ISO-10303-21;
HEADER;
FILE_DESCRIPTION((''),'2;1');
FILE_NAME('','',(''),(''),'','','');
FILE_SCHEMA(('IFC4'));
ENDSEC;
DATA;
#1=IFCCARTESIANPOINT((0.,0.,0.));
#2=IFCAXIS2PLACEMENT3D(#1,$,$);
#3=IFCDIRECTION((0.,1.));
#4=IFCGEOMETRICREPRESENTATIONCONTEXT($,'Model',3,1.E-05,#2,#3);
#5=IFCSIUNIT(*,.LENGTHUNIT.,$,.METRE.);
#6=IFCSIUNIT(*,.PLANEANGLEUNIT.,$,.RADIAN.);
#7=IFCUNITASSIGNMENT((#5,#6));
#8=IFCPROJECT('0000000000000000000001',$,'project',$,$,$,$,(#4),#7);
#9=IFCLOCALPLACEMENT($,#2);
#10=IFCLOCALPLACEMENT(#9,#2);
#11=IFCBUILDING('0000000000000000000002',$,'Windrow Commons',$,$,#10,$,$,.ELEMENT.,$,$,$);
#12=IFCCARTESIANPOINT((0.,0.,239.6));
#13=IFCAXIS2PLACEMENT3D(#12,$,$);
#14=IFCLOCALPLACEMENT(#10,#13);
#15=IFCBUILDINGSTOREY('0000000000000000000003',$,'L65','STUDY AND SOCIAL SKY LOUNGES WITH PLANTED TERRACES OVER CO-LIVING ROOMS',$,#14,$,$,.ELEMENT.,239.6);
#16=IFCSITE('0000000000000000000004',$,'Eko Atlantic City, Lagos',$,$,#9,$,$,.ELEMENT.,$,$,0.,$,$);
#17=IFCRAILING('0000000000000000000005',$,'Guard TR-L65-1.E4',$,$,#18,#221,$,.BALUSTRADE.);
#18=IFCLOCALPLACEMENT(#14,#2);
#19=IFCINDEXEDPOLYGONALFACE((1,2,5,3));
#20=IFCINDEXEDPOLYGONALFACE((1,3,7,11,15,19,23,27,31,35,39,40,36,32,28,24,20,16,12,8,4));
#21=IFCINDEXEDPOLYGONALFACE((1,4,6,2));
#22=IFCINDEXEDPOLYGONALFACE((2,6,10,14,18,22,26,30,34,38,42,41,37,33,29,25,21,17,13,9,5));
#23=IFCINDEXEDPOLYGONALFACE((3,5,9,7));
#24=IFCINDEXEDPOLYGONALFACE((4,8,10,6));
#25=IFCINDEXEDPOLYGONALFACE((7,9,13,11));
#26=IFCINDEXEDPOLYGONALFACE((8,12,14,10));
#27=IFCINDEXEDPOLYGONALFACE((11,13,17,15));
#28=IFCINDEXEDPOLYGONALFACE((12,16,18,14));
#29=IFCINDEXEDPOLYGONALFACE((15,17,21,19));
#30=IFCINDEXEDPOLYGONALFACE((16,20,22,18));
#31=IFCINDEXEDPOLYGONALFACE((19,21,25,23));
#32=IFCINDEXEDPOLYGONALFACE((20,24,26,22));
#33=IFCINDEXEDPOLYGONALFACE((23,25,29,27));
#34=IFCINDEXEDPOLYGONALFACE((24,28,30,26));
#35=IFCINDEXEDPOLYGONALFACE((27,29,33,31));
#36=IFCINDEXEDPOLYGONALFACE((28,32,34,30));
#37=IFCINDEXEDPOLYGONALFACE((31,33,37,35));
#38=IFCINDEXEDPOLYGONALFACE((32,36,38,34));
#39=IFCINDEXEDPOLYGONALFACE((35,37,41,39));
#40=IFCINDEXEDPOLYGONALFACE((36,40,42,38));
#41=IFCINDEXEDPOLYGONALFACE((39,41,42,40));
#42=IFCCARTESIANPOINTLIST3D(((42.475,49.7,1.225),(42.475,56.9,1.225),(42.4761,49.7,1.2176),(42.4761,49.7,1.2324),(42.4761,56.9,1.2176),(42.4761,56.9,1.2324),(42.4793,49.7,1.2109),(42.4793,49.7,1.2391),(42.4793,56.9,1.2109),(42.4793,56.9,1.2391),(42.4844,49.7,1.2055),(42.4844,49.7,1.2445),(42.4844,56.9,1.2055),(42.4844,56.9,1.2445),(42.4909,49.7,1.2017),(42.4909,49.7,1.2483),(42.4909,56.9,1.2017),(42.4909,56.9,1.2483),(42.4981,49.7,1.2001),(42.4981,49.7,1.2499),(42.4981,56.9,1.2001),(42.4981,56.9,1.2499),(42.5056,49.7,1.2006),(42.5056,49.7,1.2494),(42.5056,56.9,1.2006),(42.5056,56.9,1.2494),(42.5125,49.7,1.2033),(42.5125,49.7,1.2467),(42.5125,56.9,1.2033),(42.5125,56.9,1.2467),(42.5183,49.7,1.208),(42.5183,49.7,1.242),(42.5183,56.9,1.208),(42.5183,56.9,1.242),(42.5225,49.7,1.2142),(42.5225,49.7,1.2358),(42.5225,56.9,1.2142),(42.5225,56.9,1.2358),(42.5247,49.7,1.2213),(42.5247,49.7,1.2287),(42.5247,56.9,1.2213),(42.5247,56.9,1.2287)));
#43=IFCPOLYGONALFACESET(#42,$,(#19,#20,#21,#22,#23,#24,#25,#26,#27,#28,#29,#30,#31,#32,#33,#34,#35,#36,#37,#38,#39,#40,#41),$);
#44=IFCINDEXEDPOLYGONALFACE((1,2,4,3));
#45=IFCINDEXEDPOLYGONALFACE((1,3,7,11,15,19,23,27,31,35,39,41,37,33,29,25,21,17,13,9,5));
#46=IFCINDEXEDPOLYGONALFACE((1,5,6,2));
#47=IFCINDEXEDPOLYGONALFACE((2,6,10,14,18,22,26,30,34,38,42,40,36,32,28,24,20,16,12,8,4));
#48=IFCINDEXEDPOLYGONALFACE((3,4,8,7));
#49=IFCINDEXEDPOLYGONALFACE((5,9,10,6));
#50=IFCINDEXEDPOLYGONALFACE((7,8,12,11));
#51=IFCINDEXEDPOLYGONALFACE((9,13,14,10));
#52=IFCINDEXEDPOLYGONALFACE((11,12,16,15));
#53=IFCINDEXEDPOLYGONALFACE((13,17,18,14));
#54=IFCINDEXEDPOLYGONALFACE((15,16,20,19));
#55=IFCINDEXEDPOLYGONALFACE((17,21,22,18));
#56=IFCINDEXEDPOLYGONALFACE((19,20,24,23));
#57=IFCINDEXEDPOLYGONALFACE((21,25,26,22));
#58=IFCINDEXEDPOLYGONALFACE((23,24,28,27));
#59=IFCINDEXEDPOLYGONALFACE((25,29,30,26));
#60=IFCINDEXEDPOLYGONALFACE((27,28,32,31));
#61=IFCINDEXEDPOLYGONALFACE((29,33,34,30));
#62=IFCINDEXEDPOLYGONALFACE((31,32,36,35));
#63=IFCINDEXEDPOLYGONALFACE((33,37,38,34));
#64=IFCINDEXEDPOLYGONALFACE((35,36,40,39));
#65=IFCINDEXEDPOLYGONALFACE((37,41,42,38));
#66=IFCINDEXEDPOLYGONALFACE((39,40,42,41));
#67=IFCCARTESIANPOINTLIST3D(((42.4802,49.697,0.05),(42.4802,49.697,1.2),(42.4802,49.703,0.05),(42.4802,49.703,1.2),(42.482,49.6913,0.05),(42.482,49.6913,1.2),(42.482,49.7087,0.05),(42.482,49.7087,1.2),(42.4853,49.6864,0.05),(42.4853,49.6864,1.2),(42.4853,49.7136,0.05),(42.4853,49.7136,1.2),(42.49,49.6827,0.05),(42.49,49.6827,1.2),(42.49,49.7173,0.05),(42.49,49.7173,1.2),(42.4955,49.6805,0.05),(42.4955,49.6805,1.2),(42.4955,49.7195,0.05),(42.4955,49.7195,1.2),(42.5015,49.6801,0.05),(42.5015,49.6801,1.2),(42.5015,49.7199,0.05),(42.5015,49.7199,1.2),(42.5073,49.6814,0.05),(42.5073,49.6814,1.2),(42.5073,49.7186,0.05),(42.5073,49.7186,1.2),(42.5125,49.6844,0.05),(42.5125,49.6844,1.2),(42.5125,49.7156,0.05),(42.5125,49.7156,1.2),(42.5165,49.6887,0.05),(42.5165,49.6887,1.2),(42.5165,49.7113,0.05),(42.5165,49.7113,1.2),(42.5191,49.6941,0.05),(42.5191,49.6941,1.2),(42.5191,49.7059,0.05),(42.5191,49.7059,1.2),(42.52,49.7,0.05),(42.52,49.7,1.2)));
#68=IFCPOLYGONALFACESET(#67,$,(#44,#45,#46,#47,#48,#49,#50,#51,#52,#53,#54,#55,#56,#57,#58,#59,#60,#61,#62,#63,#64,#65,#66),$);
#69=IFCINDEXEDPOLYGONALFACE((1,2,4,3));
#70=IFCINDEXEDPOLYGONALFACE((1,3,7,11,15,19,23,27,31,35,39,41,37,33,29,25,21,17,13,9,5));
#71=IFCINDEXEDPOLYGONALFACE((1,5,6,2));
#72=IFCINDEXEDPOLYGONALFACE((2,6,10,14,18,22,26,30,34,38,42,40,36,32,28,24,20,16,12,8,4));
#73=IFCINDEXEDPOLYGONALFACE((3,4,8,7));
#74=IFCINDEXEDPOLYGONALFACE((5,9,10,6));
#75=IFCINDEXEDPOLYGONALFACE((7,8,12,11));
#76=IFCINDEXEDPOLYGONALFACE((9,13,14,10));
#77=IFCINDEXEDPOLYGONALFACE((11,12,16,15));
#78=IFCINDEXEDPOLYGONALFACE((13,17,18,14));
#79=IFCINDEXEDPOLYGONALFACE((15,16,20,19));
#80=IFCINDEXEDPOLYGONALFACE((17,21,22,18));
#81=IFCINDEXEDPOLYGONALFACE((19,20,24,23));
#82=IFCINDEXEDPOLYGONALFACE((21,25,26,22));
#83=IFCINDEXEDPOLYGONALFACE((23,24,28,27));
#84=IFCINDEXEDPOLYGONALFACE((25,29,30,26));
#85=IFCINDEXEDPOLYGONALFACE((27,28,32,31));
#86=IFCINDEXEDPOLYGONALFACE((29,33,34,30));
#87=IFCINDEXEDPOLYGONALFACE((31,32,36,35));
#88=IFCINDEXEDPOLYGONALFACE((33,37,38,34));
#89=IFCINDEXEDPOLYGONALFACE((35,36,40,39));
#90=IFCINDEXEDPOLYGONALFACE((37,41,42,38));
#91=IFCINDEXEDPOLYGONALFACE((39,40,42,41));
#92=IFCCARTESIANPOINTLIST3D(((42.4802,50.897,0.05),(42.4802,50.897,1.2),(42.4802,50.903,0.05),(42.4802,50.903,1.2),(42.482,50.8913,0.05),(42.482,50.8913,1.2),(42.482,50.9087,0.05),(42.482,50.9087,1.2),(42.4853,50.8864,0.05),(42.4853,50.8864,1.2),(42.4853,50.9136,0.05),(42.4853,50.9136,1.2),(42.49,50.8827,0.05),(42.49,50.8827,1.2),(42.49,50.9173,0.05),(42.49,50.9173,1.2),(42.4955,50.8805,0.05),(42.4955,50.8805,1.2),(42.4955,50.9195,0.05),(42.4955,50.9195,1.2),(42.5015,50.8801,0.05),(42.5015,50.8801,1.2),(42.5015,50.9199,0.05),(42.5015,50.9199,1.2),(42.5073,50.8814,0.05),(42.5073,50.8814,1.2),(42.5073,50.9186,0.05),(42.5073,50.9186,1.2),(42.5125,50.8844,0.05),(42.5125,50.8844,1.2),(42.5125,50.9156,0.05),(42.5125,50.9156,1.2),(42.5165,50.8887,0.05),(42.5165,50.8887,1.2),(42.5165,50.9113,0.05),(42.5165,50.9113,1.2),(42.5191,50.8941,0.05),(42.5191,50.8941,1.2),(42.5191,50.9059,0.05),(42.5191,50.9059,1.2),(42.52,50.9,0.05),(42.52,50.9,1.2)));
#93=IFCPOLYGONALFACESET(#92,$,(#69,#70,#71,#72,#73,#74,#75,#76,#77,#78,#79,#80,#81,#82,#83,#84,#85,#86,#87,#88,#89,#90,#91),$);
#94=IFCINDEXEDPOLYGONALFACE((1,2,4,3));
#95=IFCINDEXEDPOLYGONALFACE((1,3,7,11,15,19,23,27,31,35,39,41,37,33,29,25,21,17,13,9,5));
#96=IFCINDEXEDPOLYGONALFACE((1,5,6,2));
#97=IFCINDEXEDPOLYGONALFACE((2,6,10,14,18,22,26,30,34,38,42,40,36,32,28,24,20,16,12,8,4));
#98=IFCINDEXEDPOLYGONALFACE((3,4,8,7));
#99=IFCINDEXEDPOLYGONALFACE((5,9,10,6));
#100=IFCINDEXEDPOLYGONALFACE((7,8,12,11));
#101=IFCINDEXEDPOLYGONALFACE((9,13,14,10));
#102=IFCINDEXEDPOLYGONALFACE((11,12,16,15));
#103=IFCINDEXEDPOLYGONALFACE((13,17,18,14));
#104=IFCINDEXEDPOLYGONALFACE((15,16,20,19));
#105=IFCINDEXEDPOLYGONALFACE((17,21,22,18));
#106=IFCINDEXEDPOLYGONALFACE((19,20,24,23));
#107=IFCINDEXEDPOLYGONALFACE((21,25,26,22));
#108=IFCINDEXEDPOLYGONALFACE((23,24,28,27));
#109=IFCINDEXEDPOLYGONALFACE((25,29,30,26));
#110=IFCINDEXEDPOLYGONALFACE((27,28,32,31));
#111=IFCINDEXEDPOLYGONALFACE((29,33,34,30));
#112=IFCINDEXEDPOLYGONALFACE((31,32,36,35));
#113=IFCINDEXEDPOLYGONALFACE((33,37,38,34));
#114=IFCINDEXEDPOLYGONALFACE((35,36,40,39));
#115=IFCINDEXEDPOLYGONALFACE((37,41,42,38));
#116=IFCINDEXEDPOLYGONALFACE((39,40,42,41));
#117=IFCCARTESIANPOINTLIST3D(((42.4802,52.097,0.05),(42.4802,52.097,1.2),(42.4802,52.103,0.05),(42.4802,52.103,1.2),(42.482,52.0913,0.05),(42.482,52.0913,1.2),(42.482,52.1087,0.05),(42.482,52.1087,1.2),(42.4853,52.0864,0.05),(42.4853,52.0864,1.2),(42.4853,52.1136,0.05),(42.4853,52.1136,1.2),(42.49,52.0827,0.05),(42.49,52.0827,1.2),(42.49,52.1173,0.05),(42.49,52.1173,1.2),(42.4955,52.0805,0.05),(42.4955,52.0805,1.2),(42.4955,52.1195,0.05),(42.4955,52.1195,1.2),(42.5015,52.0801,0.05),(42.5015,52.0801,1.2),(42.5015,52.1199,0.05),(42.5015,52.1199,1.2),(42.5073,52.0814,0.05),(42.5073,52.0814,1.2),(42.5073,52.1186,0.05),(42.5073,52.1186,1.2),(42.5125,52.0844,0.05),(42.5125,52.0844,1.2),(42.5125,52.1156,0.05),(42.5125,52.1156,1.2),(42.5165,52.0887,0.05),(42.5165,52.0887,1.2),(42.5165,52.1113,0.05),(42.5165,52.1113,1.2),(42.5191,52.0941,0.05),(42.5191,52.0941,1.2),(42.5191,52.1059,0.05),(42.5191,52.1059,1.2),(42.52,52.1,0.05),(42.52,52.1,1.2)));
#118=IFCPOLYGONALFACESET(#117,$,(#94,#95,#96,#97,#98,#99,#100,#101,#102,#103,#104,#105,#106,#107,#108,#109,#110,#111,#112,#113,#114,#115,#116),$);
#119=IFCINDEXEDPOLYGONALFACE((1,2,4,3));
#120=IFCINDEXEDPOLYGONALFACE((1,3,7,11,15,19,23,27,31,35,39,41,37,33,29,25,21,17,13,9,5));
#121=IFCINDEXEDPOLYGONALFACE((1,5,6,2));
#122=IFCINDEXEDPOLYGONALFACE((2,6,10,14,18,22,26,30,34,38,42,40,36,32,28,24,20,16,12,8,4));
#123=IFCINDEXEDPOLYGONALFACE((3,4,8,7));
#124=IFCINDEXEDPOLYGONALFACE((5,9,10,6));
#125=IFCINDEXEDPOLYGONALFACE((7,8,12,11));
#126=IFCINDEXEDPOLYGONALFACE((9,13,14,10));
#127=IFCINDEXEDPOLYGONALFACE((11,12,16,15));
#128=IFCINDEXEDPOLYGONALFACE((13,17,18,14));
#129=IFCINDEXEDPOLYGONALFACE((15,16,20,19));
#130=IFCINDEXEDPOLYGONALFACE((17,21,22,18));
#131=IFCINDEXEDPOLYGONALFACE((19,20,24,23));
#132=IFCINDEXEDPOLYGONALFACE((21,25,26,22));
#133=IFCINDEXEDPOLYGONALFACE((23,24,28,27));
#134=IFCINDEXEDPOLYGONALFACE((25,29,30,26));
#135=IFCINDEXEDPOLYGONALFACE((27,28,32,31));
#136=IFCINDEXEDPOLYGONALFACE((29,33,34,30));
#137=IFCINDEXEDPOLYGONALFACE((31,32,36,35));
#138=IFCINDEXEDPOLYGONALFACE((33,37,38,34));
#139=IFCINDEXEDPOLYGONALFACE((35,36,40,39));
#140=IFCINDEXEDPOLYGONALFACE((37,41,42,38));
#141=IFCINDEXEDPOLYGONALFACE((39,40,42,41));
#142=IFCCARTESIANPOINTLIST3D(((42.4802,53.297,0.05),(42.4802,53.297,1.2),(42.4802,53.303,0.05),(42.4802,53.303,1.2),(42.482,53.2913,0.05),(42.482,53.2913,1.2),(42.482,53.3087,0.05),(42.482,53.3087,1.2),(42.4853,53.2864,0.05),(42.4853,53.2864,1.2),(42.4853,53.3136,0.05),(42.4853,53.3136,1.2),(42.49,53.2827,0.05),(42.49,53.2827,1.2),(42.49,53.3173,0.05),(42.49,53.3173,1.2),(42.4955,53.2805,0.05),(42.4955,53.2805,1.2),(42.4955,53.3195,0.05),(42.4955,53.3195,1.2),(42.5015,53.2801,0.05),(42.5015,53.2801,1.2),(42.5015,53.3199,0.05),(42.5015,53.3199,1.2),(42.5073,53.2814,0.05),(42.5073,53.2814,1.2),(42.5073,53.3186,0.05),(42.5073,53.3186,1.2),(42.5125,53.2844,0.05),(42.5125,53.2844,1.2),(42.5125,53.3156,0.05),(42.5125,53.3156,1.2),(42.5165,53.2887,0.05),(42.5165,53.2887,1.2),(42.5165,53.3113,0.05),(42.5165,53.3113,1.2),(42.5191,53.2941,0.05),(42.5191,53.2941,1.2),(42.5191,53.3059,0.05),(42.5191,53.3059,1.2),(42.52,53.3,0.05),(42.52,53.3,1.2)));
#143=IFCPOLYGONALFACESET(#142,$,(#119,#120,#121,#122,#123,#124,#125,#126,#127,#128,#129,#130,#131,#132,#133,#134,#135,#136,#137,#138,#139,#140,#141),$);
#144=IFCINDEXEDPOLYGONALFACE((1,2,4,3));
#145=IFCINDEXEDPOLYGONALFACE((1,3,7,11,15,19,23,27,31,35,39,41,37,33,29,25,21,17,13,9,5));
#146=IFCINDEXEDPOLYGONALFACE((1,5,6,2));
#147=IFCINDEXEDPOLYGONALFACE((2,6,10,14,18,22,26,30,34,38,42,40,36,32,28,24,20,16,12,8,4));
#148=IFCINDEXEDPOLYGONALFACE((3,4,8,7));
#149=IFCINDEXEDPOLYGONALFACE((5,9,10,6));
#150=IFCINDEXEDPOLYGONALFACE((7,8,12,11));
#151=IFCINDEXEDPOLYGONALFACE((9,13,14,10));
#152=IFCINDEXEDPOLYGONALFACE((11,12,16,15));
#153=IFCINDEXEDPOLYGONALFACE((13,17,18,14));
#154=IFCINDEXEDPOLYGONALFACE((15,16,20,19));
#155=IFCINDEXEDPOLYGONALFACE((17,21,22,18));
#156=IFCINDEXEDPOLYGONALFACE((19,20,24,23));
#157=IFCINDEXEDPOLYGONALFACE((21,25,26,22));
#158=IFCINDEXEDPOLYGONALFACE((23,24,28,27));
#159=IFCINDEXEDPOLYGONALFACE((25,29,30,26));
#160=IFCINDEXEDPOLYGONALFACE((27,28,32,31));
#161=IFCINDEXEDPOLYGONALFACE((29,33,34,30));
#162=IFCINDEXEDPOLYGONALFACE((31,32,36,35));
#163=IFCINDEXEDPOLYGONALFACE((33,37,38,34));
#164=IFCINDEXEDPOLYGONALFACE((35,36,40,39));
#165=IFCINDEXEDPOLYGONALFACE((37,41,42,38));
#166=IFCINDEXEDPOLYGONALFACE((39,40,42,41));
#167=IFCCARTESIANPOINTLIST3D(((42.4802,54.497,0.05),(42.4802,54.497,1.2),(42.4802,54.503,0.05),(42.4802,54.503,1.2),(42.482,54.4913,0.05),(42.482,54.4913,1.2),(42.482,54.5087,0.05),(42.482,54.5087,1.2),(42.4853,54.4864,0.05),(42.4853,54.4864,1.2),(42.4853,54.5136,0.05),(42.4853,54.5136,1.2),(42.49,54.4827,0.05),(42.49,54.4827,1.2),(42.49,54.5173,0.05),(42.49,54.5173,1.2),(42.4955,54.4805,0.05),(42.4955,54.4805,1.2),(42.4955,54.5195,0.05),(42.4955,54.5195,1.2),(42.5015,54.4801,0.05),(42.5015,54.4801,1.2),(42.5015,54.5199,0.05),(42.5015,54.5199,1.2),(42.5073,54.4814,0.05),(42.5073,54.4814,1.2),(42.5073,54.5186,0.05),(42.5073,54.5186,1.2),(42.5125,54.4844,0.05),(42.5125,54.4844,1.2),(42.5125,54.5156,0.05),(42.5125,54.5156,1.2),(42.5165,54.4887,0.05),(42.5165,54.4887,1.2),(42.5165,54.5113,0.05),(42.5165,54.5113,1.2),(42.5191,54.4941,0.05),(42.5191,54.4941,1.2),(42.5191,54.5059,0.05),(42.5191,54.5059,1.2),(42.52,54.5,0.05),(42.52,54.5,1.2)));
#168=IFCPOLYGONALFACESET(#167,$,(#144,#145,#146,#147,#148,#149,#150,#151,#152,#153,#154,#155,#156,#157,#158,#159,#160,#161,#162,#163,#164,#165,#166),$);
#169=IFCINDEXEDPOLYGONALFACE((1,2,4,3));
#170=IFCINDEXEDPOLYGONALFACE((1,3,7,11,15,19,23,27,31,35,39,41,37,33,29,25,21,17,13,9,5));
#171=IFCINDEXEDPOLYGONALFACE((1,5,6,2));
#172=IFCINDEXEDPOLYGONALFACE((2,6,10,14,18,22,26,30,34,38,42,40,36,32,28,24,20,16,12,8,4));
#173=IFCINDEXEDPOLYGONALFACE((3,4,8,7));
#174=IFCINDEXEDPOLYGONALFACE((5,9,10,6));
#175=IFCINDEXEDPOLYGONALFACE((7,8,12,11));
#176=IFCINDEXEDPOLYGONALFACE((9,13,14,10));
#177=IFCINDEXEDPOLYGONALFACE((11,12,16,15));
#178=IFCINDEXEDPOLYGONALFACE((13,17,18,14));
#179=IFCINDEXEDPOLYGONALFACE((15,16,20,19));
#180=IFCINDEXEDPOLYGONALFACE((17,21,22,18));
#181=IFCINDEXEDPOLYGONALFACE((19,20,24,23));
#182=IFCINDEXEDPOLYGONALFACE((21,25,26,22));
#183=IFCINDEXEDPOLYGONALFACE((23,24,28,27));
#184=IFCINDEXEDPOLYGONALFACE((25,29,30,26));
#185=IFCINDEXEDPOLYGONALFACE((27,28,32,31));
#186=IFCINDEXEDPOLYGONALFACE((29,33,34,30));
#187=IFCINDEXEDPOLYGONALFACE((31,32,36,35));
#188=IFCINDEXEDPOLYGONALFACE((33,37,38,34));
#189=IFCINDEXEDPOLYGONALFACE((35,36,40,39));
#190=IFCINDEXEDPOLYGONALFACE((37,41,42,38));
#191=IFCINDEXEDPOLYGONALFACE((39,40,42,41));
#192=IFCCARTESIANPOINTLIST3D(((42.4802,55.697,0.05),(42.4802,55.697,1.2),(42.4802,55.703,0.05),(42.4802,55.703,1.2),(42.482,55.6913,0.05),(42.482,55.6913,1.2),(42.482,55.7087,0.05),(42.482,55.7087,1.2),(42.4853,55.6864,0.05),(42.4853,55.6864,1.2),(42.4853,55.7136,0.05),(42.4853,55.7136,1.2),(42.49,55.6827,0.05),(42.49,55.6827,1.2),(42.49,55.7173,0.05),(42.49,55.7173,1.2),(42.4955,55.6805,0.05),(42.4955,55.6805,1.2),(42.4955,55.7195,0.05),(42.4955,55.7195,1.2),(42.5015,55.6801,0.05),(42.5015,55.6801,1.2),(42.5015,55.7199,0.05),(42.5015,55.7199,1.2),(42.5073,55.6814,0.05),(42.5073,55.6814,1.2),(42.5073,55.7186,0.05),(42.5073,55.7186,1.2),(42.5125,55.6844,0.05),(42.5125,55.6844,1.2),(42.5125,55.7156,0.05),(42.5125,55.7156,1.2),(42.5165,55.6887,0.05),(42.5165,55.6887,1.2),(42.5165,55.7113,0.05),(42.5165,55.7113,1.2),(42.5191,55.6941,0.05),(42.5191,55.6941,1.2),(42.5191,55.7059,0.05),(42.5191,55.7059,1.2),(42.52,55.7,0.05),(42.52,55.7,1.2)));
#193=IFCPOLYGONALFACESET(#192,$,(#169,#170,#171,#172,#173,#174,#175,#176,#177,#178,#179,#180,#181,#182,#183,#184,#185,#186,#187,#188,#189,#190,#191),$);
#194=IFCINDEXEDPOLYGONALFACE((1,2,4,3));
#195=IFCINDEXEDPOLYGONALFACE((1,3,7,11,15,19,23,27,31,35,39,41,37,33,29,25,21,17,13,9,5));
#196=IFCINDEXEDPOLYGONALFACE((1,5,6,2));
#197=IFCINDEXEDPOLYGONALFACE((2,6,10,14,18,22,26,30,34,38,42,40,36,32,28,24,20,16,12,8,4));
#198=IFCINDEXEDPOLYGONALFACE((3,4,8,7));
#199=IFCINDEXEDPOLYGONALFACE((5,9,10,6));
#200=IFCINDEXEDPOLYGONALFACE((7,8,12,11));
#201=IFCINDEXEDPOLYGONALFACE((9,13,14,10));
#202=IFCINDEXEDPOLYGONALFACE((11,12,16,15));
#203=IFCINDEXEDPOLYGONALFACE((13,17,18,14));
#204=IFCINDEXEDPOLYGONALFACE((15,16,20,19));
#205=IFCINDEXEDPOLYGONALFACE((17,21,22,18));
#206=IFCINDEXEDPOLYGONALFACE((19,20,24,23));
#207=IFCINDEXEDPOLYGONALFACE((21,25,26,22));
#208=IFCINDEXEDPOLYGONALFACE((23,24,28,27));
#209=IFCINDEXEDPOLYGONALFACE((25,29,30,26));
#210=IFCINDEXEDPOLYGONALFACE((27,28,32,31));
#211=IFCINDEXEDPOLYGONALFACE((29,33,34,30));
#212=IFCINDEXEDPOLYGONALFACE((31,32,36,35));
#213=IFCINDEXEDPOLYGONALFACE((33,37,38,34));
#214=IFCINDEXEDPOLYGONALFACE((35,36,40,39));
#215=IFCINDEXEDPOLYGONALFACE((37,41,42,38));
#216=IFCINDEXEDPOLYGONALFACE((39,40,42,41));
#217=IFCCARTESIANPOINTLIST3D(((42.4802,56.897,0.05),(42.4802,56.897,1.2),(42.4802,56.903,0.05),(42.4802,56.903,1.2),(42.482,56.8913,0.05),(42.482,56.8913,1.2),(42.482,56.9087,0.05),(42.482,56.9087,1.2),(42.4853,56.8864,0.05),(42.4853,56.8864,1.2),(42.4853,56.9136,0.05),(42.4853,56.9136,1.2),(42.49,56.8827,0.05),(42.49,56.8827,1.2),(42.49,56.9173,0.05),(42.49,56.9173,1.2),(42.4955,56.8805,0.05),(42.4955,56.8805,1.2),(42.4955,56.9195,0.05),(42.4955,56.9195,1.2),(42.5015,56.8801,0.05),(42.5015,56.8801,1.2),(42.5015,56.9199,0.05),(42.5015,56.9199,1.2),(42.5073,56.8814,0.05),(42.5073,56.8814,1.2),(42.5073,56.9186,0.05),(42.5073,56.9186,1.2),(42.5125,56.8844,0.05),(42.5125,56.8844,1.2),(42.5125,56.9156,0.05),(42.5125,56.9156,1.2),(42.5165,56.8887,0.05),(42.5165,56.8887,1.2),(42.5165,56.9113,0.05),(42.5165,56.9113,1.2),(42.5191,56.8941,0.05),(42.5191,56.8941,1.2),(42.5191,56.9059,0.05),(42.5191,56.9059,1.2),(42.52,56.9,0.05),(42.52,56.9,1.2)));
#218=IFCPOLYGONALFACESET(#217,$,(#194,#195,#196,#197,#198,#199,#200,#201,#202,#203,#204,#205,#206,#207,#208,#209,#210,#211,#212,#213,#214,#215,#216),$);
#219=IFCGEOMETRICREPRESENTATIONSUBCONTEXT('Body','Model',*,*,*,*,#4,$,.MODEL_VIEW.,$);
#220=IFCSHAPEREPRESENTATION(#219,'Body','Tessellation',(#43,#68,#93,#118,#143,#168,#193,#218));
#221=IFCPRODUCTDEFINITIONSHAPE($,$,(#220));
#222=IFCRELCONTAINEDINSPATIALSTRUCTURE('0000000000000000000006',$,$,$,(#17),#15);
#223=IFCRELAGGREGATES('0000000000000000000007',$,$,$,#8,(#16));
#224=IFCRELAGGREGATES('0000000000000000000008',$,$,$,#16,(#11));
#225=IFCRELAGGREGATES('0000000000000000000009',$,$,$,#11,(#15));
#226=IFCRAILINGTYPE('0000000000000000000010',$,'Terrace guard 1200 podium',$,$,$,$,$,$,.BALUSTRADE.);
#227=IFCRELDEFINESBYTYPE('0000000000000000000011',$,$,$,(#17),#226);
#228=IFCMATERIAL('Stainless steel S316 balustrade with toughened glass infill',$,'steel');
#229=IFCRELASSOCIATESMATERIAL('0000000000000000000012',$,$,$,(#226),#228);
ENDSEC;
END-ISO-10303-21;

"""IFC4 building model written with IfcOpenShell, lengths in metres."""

from ifc_helpers import new_model, si_unit, direction, frame, origin, origin_2d, place, context, subcontext, project, spatial, circle, extrude, material, type_object, element, save


model = new_model("IFC4")

# Units and contexts
model_context = context("Model", 3, precision=1e-05, world=origin(), true_north=direction((0.0, 1.0)))
body_context = subcontext(model_context, "Body", "Model", "MODEL_VIEW")
ifc_project = project(units=[si_unit("LENGTHUNIT", "METRE"), si_unit("PLANEANGLEUNIT", "RADIAN")], contexts=[model_context])

# Site, building, storey
site_placement = place(None, origin())
site = spatial("IfcSite", under=ifc_project, at=site_placement, Name="Eko Atlantic City, Lagos", CompositionType="ELEMENT", RefElevation=0.0)
building_placement = place(site_placement, origin())
building = spatial("IfcBuilding", under=site, at=building_placement, Name="Windrow Commons", CompositionType="ELEMENT")
storey_placement = place(building_placement, frame((0.0, 0.0, 239.6)))
storey = spatial("IfcBuildingStorey", under=building, at=storey_placement, Name="L65", Description="STUDY AND SOCIAL SKY LOUNGES WITH PLANTED TERRACES OVER CO-LIVING ROOMS", CompositionType="ELEMENT", Elevation=239.6)

# Railing
ifc_material_1 = material(Name="Stainless steel S316 balustrade with toughened glass infill", Category="steel")
railing_type = type_object("IfcRailingType", Name="Terrace guard 1200 podium", PredefinedType="BALUSTRADE", material=ifc_material_1)
railing_1_placement = place(storey_placement, frame((42.5, 49.7, 0.05)))
element("IfcRailing", 1, at=railing_1_placement, inside=storey, type_object=railing_type, Name="Guard TR-L65-1.E4", PredefinedType="BALUSTRADE", context=body_context, shape_type="SweptSolid", body=[
    extrude(circle(Radius=0.025, at=origin_2d()), frame((0.0, 0.0, 1.175), z_axis=(0.0, 1.0, 0.0), x_axis=(-1.0, 0.0, 0.0)), (0.0, 0.0, 1.0), 7.2),
    extrude(circle(Radius=0.02, at=origin_2d()), origin(), (0.0, 0.0, 1.0), 1.15),
    extrude(circle(Radius=0.02, at=origin_2d()), frame((0.0, 1.2, 0.0)), (0.0, 0.0, 1.0), 1.15),
    extrude(circle(Radius=0.02, at=origin_2d()), frame((0.0, 2.4, 0.0)), (0.0, 0.0, 1.0), 1.15),
    extrude(circle(Radius=0.02, at=origin_2d()), frame((0.0, 3.6, 0.0)), (0.0, 0.0, 1.0), 1.15),
    extrude(circle(Radius=0.02, at=origin_2d()), frame((0.0, 4.8, 0.0)), (0.0, 0.0, 1.0), 1.15),
    extrude(circle(Radius=0.02, at=origin_2d()), frame((0.0, 6.0, 0.0)), (0.0, 0.0, 1.0), 1.15),
    extrude(circle(Radius=0.02, at=origin_2d()), frame((0.0, 7.2, 0.0)), (0.0, 0.0, 1.0), 1.15),
])

save(model, "model.ifc")
